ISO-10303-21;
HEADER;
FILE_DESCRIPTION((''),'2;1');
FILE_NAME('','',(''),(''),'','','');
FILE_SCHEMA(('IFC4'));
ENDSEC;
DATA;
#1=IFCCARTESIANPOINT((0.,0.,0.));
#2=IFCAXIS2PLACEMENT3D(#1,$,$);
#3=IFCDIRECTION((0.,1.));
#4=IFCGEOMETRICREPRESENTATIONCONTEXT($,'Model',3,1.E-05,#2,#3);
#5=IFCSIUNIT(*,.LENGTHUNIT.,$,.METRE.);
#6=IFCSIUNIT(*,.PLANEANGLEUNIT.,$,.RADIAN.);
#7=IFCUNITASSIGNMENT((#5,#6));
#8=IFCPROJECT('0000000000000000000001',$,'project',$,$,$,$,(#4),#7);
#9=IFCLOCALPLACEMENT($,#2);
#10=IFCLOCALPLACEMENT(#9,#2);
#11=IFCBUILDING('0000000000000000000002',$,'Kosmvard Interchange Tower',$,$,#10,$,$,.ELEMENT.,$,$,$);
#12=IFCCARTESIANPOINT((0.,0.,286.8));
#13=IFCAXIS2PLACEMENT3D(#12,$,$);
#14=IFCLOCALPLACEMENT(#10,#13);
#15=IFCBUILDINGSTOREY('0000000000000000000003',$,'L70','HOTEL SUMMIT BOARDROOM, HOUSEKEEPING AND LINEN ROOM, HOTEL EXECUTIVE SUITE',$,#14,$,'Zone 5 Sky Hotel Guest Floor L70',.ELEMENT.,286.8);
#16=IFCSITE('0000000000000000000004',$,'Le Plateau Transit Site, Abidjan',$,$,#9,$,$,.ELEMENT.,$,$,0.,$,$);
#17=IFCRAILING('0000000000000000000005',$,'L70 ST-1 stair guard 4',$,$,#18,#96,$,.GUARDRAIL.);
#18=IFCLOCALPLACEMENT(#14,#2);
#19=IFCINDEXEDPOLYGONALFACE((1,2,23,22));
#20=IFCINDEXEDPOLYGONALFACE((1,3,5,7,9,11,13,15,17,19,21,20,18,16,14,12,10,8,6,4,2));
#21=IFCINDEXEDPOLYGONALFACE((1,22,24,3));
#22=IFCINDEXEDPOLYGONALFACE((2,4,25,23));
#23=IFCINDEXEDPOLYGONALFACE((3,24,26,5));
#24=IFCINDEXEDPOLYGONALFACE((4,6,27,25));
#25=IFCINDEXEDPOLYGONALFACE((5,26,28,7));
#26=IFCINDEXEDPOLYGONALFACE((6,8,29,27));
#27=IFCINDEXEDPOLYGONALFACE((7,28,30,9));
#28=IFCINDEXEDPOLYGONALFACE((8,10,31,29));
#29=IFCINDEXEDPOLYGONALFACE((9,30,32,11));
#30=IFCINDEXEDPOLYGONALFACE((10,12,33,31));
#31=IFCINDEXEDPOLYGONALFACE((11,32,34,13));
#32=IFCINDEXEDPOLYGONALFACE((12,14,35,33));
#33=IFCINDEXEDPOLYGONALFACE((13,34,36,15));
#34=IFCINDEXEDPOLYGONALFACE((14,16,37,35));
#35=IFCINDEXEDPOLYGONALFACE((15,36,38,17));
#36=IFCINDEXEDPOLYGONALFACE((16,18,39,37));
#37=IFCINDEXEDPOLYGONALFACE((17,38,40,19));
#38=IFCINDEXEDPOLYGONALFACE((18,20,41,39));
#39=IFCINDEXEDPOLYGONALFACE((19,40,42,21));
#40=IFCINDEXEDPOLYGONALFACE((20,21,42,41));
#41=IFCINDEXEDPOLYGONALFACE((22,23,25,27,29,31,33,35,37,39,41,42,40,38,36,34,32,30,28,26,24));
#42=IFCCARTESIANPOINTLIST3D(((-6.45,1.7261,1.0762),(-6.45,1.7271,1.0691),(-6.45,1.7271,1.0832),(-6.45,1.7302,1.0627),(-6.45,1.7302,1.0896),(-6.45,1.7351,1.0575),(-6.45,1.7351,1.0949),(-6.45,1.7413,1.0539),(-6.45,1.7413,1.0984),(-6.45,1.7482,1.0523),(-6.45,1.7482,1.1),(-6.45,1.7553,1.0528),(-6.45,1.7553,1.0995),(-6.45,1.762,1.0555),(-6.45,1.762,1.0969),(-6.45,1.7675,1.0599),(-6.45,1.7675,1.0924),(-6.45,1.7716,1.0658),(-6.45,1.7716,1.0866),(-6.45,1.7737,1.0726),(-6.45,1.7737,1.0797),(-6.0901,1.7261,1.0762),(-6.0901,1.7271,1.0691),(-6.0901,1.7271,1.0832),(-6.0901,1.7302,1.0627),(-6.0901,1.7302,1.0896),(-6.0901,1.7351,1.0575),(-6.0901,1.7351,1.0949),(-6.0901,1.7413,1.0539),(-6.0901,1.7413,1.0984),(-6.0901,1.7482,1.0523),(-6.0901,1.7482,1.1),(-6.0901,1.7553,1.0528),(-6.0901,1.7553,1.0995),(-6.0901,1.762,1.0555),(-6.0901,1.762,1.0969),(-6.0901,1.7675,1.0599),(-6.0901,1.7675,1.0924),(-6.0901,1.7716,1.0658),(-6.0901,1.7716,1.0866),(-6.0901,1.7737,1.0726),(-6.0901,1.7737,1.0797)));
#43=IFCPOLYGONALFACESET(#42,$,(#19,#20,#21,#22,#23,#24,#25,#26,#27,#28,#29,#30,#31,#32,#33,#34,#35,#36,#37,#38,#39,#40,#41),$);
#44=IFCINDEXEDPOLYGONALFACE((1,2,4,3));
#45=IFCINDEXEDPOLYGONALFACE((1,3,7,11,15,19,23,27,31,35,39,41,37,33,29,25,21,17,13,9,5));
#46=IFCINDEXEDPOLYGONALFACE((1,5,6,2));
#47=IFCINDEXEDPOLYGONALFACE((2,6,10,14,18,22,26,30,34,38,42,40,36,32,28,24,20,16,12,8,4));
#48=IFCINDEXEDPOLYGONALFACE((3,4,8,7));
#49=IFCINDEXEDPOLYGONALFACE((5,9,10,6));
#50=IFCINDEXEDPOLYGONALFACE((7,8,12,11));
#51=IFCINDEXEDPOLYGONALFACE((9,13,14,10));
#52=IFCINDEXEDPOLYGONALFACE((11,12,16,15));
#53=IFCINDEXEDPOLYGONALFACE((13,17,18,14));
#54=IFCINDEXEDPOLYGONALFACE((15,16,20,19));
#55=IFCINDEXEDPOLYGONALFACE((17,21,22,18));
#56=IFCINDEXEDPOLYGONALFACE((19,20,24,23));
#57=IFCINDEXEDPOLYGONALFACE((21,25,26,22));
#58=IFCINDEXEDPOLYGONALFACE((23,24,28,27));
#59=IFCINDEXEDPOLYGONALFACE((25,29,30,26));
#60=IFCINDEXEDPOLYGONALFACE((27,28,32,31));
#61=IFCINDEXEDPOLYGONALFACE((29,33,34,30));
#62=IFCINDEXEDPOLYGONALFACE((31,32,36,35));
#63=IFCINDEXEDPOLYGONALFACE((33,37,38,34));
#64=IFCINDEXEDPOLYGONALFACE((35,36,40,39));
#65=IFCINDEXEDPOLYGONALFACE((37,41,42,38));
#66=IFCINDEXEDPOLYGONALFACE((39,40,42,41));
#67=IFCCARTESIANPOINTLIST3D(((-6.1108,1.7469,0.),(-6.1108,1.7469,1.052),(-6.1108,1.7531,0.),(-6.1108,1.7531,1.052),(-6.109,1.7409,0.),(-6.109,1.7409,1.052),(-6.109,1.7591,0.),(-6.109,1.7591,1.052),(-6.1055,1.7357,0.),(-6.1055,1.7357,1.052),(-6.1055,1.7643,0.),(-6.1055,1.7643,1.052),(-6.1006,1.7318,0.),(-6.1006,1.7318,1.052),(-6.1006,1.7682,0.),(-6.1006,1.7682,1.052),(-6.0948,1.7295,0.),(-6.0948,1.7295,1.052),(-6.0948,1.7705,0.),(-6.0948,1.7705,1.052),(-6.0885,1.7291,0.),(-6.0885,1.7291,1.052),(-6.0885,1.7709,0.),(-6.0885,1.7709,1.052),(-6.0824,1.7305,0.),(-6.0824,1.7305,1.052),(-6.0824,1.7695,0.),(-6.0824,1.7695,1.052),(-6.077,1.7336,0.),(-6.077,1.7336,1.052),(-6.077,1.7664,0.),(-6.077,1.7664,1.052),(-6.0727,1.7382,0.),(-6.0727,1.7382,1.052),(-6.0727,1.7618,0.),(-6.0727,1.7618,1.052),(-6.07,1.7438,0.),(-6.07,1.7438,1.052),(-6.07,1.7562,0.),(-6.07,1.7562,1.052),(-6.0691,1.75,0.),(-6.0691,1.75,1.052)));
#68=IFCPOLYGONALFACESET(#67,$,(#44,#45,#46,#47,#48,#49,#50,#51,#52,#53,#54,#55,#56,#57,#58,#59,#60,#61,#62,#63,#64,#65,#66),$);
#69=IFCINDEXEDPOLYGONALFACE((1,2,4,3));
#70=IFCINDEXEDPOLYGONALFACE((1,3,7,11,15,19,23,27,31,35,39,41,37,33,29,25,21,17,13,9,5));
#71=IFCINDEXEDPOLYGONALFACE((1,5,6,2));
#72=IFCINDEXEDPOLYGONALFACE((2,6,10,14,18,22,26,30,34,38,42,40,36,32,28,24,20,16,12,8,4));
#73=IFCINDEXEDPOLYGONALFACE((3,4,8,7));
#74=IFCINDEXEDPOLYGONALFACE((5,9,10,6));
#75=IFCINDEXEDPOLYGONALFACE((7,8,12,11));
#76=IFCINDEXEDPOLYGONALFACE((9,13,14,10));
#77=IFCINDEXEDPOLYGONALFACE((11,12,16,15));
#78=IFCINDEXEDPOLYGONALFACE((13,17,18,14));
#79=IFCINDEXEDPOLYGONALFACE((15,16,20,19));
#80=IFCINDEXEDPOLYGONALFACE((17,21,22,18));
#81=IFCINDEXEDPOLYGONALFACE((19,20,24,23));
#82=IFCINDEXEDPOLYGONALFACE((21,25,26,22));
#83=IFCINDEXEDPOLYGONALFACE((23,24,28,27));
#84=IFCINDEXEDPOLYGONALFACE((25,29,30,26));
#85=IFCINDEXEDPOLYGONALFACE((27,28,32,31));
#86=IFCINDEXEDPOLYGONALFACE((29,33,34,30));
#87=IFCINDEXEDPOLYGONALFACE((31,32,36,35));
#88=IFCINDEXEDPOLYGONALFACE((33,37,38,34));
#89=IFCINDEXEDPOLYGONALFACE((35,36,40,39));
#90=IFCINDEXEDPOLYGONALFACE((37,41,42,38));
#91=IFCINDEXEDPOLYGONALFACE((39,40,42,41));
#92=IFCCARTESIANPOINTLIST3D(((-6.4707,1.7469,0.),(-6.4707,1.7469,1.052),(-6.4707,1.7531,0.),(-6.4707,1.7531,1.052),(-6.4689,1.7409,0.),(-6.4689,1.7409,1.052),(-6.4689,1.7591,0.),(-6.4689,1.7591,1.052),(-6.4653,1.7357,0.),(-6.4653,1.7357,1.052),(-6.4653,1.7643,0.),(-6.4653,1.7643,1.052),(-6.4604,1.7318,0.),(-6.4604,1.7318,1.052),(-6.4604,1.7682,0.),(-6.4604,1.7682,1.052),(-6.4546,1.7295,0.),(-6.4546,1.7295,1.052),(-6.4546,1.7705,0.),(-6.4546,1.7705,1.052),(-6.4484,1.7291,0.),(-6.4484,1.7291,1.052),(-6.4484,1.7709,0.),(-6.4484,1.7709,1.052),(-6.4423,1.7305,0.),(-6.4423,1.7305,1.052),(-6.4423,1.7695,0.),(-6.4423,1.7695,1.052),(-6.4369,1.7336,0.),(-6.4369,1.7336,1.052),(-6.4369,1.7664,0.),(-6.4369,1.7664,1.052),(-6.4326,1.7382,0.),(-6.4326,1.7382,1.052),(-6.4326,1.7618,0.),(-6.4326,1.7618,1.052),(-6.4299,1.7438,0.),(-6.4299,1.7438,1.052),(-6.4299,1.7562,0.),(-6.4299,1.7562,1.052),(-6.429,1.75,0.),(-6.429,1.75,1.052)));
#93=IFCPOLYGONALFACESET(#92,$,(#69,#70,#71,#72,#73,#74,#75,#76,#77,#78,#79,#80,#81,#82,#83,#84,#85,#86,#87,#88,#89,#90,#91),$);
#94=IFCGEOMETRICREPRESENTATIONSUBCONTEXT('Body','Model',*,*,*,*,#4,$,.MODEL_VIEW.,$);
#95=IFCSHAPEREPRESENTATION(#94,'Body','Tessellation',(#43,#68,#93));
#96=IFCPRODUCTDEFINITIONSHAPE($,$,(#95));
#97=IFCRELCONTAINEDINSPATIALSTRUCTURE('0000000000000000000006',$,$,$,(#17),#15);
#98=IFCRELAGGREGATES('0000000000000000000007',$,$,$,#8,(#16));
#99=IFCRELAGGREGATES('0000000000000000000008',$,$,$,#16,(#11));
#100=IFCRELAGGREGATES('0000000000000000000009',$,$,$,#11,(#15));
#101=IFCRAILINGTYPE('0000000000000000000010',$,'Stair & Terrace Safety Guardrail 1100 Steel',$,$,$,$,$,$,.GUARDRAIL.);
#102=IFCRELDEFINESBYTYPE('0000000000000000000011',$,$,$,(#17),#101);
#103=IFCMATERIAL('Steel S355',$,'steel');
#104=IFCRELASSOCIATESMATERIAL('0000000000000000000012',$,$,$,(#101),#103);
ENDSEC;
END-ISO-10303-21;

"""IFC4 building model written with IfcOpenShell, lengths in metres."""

from ifc_helpers import new_model, si_unit, direction, frame, origin, origin_2d, place, context, subcontext, project, spatial, circle, extrude, source, transform, mapped, material, type_object, element, save


model = new_model("IFC4")

# Units and contexts
model_context = context("Model", 3, precision=1e-05, world=origin(), true_north=direction((0.0, 1.0)))
body_context = subcontext(model_context, "Body", "Model", "MODEL_VIEW")
ifc_project = project(units=[si_unit("LENGTHUNIT", "METRE"), si_unit("PLANEANGLEUNIT", "RADIAN")], contexts=[model_context])

# Site, building, storey
site_placement = place(None, origin())
site = spatial("IfcSite", under=ifc_project, at=site_placement, Name="Le Plateau Transit Site, Abidjan", CompositionType="ELEMENT", RefElevation=0.0)
building_placement = place(site_placement, origin())
building = spatial("IfcBuilding", under=site, at=building_placement, Name="Kosmvard Interchange Tower", CompositionType="ELEMENT")
storey_placement = place(building_placement, frame((0.0, 0.0, 286.8)))
storey = spatial("IfcBuildingStorey", under=building, at=storey_placement, Name="L70", Description="HOTEL SUMMIT BOARDROOM, HOUSEKEEPING AND LINEN ROOM, HOTEL EXECUTIVE SUITE", LongName="Zone 5 Sky Hotel Guest Floor L70", CompositionType="ELEMENT", Elevation=286.8)

# Shared definitions
ifc_material_1 = material(Name="Steel S355", Category="steel")

# Railing
railing_type = type_object("IfcRailingType", Name="Stair & Terrace Safety Guardrail 1100 Steel", PredefinedType="GUARDRAIL", material=ifc_material_1)
shared_shape_1 = source(origin(), body_context, "Body", "SweptSolid", [
    extrude(circle(Radius=0.0239, at=origin_2d()), frame((0.0, 0.0, 1.0762), z_axis=(-1.0, 0.0, 0.0), x_axis=(0.0, -1.0, 0.0)), (0.0, 0.0, 1.0), 0.3599),
    extrude(circle(Radius=0.021, at=origin_2d()), origin(), (0.0, 0.0, 1.0), 1.052),
    extrude(circle(Radius=0.021, at=origin_2d()), frame((-0.3599, 0.0, 0.0)), (0.0, 0.0, 1.0), 1.052),
])
railing_placement = place(storey_placement, frame((-6.0901, 1.75, 0.0)))
element("IfcRailing", 1, at=railing_placement, inside=storey, type_object=railing_type, Name="L70 ST-1 stair guard 4", PredefinedType="GUARDRAIL", context=body_context, shape_type="MappedRepresentation", body=[
    mapped(shared_shape_1, transform((0.0, 0.0, 0.0), scale=1.0)),
])

save(model, "model.ifc")
